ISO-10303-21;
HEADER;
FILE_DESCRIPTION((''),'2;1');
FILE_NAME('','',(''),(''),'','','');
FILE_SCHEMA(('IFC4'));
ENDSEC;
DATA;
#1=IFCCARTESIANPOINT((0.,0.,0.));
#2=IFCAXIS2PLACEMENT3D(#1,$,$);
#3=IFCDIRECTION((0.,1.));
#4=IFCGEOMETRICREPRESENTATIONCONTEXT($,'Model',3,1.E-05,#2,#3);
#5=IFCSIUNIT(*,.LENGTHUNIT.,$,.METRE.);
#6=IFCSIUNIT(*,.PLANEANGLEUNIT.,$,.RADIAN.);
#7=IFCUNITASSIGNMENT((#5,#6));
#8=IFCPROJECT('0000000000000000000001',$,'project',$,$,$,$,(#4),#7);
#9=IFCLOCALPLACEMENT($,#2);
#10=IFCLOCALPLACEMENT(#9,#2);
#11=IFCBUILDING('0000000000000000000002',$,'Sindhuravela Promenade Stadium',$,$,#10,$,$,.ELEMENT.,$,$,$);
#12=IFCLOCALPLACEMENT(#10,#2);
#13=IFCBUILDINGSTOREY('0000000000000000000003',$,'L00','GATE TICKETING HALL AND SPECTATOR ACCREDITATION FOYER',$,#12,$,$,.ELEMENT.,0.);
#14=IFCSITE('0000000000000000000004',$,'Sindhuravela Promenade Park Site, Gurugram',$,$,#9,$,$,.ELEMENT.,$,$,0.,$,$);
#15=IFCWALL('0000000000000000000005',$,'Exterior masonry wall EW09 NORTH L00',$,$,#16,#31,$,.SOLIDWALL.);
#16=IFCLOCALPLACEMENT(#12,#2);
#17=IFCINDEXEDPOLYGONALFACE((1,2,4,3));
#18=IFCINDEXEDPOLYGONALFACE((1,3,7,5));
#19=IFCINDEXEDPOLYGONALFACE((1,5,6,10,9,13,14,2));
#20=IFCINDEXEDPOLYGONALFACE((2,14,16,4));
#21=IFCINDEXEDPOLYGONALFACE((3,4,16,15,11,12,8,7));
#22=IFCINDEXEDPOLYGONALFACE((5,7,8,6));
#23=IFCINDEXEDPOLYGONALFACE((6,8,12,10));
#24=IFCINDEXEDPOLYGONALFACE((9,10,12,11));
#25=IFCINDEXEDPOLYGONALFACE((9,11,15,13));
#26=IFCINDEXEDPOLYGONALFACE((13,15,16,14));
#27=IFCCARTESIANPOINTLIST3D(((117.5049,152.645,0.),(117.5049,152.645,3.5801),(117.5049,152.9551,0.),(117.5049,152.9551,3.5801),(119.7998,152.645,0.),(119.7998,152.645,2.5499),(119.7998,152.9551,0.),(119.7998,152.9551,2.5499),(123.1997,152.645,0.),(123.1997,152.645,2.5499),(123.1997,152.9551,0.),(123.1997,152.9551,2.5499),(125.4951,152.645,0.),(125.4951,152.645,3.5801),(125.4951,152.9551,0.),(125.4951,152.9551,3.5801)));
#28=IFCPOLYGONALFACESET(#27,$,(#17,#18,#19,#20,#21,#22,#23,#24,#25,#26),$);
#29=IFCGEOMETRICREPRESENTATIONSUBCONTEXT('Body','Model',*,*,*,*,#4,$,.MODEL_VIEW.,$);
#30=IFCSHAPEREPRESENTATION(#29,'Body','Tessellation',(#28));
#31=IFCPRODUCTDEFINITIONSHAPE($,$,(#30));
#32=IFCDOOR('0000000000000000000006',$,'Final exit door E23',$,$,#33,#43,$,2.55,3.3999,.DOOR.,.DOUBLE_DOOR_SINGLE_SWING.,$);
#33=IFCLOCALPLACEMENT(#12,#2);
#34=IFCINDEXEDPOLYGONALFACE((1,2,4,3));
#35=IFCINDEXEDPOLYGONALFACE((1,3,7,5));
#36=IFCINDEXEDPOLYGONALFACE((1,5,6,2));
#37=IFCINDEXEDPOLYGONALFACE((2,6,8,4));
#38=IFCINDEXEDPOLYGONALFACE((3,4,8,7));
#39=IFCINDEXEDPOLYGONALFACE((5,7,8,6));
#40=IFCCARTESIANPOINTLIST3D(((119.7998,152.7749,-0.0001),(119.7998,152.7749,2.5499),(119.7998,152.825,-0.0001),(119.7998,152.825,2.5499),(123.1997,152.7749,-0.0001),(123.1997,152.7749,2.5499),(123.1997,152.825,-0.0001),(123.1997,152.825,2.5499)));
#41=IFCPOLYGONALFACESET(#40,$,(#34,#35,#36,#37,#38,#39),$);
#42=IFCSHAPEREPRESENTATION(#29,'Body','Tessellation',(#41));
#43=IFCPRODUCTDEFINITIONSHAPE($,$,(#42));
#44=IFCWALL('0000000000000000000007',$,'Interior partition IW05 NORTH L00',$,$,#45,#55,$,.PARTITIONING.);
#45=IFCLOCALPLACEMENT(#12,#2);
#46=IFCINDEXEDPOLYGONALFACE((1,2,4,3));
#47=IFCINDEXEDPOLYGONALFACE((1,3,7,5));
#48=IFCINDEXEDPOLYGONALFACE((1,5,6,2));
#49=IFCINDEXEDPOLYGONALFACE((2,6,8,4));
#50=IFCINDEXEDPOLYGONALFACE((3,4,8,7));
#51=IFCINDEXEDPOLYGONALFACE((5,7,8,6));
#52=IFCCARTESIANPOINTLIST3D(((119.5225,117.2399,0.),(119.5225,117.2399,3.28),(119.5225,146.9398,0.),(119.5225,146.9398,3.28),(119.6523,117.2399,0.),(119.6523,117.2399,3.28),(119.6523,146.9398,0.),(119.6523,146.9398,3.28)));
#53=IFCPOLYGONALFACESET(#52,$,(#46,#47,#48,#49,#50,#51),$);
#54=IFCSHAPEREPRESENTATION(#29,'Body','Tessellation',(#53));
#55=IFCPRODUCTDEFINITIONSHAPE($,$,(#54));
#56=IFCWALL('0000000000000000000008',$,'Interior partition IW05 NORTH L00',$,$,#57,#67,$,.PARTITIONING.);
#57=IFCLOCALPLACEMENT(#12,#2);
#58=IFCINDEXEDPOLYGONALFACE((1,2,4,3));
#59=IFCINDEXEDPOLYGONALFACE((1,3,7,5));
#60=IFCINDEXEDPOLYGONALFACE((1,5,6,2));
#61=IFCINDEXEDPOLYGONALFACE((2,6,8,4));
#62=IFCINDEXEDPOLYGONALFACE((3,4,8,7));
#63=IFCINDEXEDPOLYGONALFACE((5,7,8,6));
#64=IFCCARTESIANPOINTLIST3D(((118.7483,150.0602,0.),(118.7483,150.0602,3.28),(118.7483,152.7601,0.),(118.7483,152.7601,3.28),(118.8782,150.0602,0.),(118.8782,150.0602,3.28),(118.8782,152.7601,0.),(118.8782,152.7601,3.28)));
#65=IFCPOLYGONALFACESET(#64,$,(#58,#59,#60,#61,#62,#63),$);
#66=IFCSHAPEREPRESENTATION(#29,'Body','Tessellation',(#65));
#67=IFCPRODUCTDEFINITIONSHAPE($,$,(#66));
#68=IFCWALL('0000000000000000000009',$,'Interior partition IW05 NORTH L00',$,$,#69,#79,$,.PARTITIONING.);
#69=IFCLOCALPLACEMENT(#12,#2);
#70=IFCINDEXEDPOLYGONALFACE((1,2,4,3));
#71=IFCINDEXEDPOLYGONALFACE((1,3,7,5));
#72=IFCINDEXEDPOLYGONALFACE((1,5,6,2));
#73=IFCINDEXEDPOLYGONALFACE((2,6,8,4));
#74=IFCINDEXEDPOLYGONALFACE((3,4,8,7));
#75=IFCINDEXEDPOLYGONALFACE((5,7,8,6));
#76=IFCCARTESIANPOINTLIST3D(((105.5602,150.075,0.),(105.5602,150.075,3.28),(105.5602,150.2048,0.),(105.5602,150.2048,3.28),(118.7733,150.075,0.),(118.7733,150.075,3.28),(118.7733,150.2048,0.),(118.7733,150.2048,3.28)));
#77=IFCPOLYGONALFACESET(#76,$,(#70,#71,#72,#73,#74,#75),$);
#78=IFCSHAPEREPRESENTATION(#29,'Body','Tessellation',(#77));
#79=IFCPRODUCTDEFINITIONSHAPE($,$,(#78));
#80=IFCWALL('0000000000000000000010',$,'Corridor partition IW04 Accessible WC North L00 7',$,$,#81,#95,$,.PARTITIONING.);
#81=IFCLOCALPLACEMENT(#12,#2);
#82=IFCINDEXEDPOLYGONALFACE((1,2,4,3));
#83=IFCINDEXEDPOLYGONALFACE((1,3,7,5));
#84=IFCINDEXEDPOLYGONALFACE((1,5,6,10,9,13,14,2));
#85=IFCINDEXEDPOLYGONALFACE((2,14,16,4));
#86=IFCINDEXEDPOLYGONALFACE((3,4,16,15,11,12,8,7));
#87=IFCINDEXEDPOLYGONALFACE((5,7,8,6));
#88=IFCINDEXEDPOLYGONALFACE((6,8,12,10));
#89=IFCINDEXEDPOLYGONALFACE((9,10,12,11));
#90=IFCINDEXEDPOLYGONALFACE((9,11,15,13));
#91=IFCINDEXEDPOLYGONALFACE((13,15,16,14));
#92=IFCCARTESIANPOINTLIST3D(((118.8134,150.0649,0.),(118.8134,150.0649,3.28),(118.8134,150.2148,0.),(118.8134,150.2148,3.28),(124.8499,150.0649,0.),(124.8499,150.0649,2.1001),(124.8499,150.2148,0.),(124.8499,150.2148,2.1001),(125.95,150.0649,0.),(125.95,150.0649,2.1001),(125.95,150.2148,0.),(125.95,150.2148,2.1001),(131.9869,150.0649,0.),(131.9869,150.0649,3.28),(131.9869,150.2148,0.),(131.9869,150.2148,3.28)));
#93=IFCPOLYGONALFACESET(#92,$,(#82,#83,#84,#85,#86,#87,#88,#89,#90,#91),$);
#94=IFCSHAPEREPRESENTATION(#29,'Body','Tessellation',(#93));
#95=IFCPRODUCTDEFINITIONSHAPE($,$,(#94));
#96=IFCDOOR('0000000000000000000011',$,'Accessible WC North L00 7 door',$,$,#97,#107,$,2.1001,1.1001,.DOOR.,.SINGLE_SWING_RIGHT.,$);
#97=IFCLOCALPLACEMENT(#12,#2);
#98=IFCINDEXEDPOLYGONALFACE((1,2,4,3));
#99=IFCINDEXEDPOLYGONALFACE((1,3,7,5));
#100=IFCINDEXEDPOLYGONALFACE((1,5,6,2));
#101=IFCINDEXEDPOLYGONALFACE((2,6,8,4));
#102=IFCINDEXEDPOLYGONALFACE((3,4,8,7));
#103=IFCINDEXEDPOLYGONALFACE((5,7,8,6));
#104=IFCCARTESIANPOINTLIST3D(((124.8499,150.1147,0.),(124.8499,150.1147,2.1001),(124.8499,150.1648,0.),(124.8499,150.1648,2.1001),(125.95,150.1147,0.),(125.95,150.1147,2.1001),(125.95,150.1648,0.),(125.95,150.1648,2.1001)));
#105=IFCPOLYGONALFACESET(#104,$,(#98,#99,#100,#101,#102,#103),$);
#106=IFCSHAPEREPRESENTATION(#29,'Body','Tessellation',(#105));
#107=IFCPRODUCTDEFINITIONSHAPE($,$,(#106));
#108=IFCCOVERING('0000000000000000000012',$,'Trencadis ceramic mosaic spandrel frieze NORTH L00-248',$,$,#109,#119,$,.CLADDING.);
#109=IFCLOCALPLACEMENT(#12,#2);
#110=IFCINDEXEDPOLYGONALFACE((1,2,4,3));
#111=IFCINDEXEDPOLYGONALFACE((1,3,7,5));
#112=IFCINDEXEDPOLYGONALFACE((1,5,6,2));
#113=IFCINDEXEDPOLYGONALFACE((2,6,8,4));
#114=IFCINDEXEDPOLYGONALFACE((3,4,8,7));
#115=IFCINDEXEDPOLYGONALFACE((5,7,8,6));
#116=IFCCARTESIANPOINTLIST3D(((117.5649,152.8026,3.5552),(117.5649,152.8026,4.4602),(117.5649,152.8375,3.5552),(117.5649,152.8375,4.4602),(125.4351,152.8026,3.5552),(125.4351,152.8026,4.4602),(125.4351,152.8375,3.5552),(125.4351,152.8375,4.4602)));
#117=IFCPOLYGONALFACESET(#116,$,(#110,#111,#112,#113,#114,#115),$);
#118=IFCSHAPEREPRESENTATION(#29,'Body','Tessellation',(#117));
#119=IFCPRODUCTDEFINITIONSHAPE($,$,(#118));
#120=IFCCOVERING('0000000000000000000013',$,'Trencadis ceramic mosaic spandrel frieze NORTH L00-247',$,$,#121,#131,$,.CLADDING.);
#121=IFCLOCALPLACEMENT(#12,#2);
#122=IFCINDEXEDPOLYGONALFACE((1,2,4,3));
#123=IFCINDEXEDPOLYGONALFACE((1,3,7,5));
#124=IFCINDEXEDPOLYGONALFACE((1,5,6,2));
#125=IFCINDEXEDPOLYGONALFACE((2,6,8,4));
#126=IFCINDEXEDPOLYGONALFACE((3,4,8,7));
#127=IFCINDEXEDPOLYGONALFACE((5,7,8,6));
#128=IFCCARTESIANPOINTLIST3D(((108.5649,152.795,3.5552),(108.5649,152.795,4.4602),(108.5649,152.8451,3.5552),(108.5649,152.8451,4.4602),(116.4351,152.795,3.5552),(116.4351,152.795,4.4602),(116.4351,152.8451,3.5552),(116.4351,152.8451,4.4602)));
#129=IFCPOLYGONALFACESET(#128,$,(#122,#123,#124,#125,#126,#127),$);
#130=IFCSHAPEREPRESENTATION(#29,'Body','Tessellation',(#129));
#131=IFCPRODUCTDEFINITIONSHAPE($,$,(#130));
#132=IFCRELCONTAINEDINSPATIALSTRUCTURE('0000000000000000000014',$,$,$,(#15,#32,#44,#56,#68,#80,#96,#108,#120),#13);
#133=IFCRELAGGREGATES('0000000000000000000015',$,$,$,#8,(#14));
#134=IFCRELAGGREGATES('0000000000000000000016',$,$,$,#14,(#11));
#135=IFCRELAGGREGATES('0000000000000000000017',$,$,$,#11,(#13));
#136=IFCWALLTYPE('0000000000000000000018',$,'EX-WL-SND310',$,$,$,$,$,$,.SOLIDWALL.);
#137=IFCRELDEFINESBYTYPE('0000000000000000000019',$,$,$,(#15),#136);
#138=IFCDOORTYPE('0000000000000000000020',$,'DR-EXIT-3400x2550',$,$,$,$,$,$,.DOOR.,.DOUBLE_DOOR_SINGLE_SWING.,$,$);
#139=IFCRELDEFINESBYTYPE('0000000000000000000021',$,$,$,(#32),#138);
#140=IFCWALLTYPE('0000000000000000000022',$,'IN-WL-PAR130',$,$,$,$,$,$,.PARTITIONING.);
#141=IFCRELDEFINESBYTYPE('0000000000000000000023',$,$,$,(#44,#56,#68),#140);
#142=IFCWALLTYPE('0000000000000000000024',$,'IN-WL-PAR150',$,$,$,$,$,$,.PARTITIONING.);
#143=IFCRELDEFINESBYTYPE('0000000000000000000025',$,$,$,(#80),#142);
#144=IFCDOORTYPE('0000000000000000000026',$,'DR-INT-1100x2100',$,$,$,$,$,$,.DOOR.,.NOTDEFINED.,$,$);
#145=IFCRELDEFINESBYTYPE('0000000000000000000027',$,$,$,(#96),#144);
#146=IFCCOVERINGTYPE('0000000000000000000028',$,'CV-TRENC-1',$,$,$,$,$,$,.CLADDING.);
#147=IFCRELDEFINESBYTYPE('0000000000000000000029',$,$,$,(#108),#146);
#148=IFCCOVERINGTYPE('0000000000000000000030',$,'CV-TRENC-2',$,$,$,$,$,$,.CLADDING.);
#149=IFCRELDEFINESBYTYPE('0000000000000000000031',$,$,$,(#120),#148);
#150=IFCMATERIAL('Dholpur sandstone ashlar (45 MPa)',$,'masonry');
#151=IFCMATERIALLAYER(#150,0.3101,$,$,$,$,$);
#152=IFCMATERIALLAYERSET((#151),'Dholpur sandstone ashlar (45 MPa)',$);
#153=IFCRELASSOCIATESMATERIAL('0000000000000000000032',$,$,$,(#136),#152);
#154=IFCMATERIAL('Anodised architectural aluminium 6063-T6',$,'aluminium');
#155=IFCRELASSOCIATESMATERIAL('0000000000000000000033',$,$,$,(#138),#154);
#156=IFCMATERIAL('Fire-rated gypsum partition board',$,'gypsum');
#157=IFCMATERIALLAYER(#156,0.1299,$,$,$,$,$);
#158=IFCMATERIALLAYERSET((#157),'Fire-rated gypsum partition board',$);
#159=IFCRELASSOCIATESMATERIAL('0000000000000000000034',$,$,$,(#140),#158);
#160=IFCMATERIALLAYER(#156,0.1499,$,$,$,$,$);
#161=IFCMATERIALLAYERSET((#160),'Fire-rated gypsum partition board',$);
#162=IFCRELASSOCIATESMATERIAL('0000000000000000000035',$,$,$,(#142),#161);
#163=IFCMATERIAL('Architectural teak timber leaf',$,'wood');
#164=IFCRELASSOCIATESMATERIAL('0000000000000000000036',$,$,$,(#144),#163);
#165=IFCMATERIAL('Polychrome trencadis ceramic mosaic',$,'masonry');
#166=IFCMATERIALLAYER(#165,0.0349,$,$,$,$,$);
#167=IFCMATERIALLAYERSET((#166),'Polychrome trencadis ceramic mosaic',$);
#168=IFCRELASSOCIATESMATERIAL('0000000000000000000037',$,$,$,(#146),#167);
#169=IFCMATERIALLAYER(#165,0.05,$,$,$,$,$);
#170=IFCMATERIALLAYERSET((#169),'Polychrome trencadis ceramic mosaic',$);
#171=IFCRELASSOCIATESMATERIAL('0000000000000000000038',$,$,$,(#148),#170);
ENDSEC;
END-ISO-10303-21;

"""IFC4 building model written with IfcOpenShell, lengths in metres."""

from ifc_helpers import new_model, si_unit, direction, frame, frame_2d, origin, origin_2d, place, context, subcontext, project, spatial, rectangle, extrude, material, layer, layer_set, type_object, element, fill, save


model = new_model("IFC4")

# Units and contexts
model_context = context("Model", 3, precision=1e-05, world=origin(), true_north=direction((0.0, 1.0)))
body_context = subcontext(model_context, "Body", "Model", "MODEL_VIEW")
ifc_project = project(units=[si_unit("LENGTHUNIT", "METRE"), si_unit("PLANEANGLEUNIT", "RADIAN")], contexts=[model_context])

# Site, building, storey
site_placement = place(None, origin())
site = spatial("IfcSite", under=ifc_project, at=site_placement, Name="Sindhuravela Promenade Park Site, Gurugram", CompositionType="ELEMENT", RefElevation=0.0)
building_placement = place(site_placement, origin())
building = spatial("IfcBuilding", under=site, at=building_placement, Name="Sindhuravela Promenade Stadium", CompositionType="ELEMENT")
storey_placement = place(building_placement, origin())
storey = spatial("IfcBuildingStorey", under=building, at=storey_placement, Name="L00", Description="GATE TICKETING HALL AND SPECTATOR ACCREDITATION FOYER", CompositionType="ELEMENT", Elevation=0.0)

# Wall, opening, door
ifc_material_1 = material(Name="Dholpur sandstone ashlar (45 MPa)", Category="masonry")
ifc_layer_1 = layer(ifc_material_1, 0.3101)
ifc_layer_set_1 = layer_set([ifc_layer_1], Name="Dholpur sandstone ashlar (45 MPa)")
wall_type_1 = type_object("IfcWallType", Name="EX-WL-SND310", PredefinedType="SOLIDWALL", material=ifc_layer_set_1)
wall_1_placement = place(storey_placement, frame((117.5049, 152.8, 0.0), z_axis=(0.0, 0.0, 1.0), x_axis=(1.0, 0.0, 0.0)))
wall_1 = element("IfcWall", 1, at=wall_1_placement, inside=storey, type_object=wall_type_1, Name="Exterior masonry wall EW09 NORTH L00", PredefinedType="SOLIDWALL", context=body_context, shape_type="SweptSolid", body=[
    extrude(rectangle(XDim=7.9902, YDim=0.3101, at=frame_2d((3.9951, 0.0))), origin(), (0.0, 0.0, 1.0), 3.5801),
])
opening_1_placement = place(wall_1_placement, frame((2.2949, 0.0, 0.0)))
opening_1 = element("IfcOpeningElement", 2, at=opening_1_placement, cuts=wall_1, PredefinedType="OPENING", context=body_context, shape_type="SweptSolid", body=[
    extrude(rectangle(XDim=3.3999, YDim=2.55, at=frame_2d((1.7, 1.2749))), frame((0.0, 0.165, 0.0), z_axis=(0.0, -1.0, 0.0), x_axis=(1.0, 0.0, 0.0)), (0.0, 0.0, 1.0), 0.3301),
])
ifc_material_2 = material(Name="Anodised architectural aluminium 6063-T6", Category="aluminium")
door_type_1 = type_object("IfcDoorType", Name="DR-EXIT-3400x2550", OperationType="DOUBLE_DOOR_SINGLE_SWING", PredefinedType="DOOR", material=ifc_material_2)
door_1_placement = place(opening_1_placement, origin())
door_1 = element("IfcDoor", 3, at=door_1_placement, inside=storey, type_object=door_type_1, Name="Final exit door E23", OperationType="DOUBLE_DOOR_SINGLE_SWING", OverallHeight=2.55, OverallWidth=3.3999, PredefinedType="DOOR", context=body_context, shape_type="SweptSolid", body=[
    extrude(rectangle(XDim=3.3999, YDim=2.55, at=frame_2d((1.7, 1.2749))), frame((0.0, 0.0249, 0.0), z_axis=(0.0, -1.0, 0.0), x_axis=(1.0, 0.0, 0.0)), (0.0, 0.0, 1.0), 0.05),
])
fill(opening_1, door_1)

# Walls
ifc_material_3 = material(Name="Fire-rated gypsum partition board", Category="gypsum")
ifc_layer_2 = layer(ifc_material_3, 0.1299)
ifc_layer_set_2 = layer_set([ifc_layer_2], Name="Fire-rated gypsum partition board")
wall_type_2 = type_object("IfcWallType", Name="IN-WL-PAR130", PredefinedType="PARTITIONING", material=ifc_layer_set_2)
wall_2_placement = place(storey_placement, frame((119.5874, 146.9399, 0.0), z_axis=(0.0, 0.0, 1.0), x_axis=(0.0, -1.0, 0.0)))
element("IfcWall", 4, at=wall_2_placement, inside=storey, type_object=wall_type_2, Name="Interior partition IW05 NORTH L00", PredefinedType="PARTITIONING", context=body_context, shape_type="SweptSolid", body=[
    extrude(rectangle(XDim=29.7, YDim=0.1299, at=frame_2d((14.8501, 0.0))), origin(), (0.0, 0.0, 1.0), 3.28),
])
wall_3_placement = place(storey_placement, frame((118.8132, 150.0601, 0.0), z_axis=(0.0, 0.0, 1.0), x_axis=(0.0, 1.0, 0.0)))
element("IfcWall", 5, at=wall_3_placement, inside=storey, type_object=wall_type_2, Name="Interior partition IW05 NORTH L00", PredefinedType="PARTITIONING", context=body_context, shape_type="SweptSolid", body=[
    extrude(rectangle(XDim=2.7, YDim=0.1299, at=frame_2d((1.3501, 0.0))), origin(), (0.0, 0.0, 1.0), 3.28),
])
wall_4_placement = place(storey_placement, frame((118.7732, 150.1399, 0.0), z_axis=(0.0, 0.0, 1.0), x_axis=(-1.0, 0.0, 0.0)))
element("IfcWall", 6, at=wall_4_placement, inside=storey, type_object=wall_type_2, Name="Interior partition IW05 NORTH L00", PredefinedType="PARTITIONING", context=body_context, shape_type="SweptSolid", body=[
    extrude(rectangle(XDim=13.2131, YDim=0.1299, at=frame_2d((6.6064, 0.0))), origin(), (0.0, 0.0, 1.0), 3.28),
])

# Wall, opening, door
ifc_layer_3 = layer(ifc_material_3, 0.1499)
ifc_layer_set_3 = layer_set([ifc_layer_3], Name="Fire-rated gypsum partition board")
wall_type_3 = type_object("IfcWallType", Name="IN-WL-PAR150", PredefinedType="PARTITIONING", material=ifc_layer_set_3)
wall_5_placement = place(storey_placement, frame((118.8132, 150.1399, 0.0), z_axis=(0.0, 0.0, 1.0), x_axis=(1.0, 0.0, 0.0)))
wall_5 = element("IfcWall", 7, at=wall_5_placement, inside=storey, type_object=wall_type_3, Name="Corridor partition IW04 Accessible WC North L00 7", PredefinedType="PARTITIONING", context=body_context, shape_type="SweptSolid", body=[
    extrude(rectangle(XDim=13.1736, YDim=0.1499, at=frame_2d((6.5869, 0.0))), origin(), (0.0, 0.0, 1.0), 3.28),
])
opening_2_placement = place(wall_5_placement, frame((6.0366, 0.0, 0.0)))
opening_2 = element("IfcOpeningElement", 8, at=opening_2_placement, cuts=wall_5, PredefinedType="OPENING", context=body_context, shape_type="SweptSolid", body=[
    extrude(rectangle(XDim=1.1001, YDim=2.1001, at=frame_2d((0.55, 1.05))), frame((0.0, 0.085, 0.0), z_axis=(0.0, -1.0, 0.0), x_axis=(1.0, 0.0, 0.0)), (0.0, 0.0, 1.0), 0.1699),
])
ifc_material_4 = material(Name="Architectural teak timber leaf", Category="wood")
door_type_2 = type_object("IfcDoorType", Name="DR-INT-1100x2100", OperationType="NOTDEFINED", PredefinedType="DOOR", material=ifc_material_4)
door_2_placement = place(opening_2_placement, origin())
door_2 = element("IfcDoor", 9, at=door_2_placement, inside=storey, type_object=door_type_2, Name="Accessible WC North L00 7 door", OperationType="SINGLE_SWING_RIGHT", OverallHeight=2.1001, OverallWidth=1.1001, PredefinedType="DOOR", context=body_context, shape_type="SweptSolid", body=[
    extrude(rectangle(XDim=1.1001, YDim=2.1001, at=frame_2d((0.55, 1.05))), frame((0.0, 0.0249, 0.0), z_axis=(0.0, -1.0, 0.0), x_axis=(1.0, 0.0, 0.0)), (0.0, 0.0, 1.0), 0.05),
])
fill(opening_2, door_2)

# Coverings
ifc_material_5 = material(Name="Polychrome trencadis ceramic mosaic", Category="masonry")
ifc_layer_4 = layer(ifc_material_5, 0.0349)
ifc_layer_set_4 = layer_set([ifc_layer_4], Name="Polychrome trencadis ceramic mosaic")
covering_type_1 = type_object("IfcCoveringType", Name="CV-TRENC-1", PredefinedType="CLADDING", material=ifc_layer_set_4)
covering_1_placement = place(storey_placement, frame((121.5, 152.8201, 3.5552), z_axis=(0.0, 0.0, 1.0), x_axis=(1.0, 0.0, 0.0)))
element("IfcCovering", 10, at=covering_1_placement, inside=storey, type_object=covering_type_1, Name="Trencadis ceramic mosaic spandrel frieze NORTH L00-248", PredefinedType="CLADDING", context=body_context, shape_type="SweptSolid", body=[
    extrude(rectangle(XDim=7.8701, YDim=0.0349, at=origin_2d()), origin(), (0.0, 0.0, 1.0), 0.905),
])
ifc_layer_5 = layer(ifc_material_5, 0.05)
ifc_layer_set_5 = layer_set([ifc_layer_5], Name="Polychrome trencadis ceramic mosaic")
covering_type_2 = type_object("IfcCoveringType", Name="CV-TRENC-2", PredefinedType="CLADDING", material=ifc_layer_set_5)
covering_2_placement = place(storey_placement, frame((112.5, 152.8201, 3.5552), z_axis=(0.0, 0.0, 1.0), x_axis=(1.0, 0.0, 0.0)))
element("IfcCovering", 11, at=covering_2_placement, inside=storey, type_object=covering_type_2, Name="Trencadis ceramic mosaic spandrel frieze NORTH L00-247", PredefinedType="CLADDING", context=body_context, shape_type="SweptSolid", body=[
    extrude(rectangle(XDim=7.8701, YDim=0.05, at=origin_2d()), origin(), (0.0, 0.0, 1.0), 0.905),
])

save(model, "model.ifc")
